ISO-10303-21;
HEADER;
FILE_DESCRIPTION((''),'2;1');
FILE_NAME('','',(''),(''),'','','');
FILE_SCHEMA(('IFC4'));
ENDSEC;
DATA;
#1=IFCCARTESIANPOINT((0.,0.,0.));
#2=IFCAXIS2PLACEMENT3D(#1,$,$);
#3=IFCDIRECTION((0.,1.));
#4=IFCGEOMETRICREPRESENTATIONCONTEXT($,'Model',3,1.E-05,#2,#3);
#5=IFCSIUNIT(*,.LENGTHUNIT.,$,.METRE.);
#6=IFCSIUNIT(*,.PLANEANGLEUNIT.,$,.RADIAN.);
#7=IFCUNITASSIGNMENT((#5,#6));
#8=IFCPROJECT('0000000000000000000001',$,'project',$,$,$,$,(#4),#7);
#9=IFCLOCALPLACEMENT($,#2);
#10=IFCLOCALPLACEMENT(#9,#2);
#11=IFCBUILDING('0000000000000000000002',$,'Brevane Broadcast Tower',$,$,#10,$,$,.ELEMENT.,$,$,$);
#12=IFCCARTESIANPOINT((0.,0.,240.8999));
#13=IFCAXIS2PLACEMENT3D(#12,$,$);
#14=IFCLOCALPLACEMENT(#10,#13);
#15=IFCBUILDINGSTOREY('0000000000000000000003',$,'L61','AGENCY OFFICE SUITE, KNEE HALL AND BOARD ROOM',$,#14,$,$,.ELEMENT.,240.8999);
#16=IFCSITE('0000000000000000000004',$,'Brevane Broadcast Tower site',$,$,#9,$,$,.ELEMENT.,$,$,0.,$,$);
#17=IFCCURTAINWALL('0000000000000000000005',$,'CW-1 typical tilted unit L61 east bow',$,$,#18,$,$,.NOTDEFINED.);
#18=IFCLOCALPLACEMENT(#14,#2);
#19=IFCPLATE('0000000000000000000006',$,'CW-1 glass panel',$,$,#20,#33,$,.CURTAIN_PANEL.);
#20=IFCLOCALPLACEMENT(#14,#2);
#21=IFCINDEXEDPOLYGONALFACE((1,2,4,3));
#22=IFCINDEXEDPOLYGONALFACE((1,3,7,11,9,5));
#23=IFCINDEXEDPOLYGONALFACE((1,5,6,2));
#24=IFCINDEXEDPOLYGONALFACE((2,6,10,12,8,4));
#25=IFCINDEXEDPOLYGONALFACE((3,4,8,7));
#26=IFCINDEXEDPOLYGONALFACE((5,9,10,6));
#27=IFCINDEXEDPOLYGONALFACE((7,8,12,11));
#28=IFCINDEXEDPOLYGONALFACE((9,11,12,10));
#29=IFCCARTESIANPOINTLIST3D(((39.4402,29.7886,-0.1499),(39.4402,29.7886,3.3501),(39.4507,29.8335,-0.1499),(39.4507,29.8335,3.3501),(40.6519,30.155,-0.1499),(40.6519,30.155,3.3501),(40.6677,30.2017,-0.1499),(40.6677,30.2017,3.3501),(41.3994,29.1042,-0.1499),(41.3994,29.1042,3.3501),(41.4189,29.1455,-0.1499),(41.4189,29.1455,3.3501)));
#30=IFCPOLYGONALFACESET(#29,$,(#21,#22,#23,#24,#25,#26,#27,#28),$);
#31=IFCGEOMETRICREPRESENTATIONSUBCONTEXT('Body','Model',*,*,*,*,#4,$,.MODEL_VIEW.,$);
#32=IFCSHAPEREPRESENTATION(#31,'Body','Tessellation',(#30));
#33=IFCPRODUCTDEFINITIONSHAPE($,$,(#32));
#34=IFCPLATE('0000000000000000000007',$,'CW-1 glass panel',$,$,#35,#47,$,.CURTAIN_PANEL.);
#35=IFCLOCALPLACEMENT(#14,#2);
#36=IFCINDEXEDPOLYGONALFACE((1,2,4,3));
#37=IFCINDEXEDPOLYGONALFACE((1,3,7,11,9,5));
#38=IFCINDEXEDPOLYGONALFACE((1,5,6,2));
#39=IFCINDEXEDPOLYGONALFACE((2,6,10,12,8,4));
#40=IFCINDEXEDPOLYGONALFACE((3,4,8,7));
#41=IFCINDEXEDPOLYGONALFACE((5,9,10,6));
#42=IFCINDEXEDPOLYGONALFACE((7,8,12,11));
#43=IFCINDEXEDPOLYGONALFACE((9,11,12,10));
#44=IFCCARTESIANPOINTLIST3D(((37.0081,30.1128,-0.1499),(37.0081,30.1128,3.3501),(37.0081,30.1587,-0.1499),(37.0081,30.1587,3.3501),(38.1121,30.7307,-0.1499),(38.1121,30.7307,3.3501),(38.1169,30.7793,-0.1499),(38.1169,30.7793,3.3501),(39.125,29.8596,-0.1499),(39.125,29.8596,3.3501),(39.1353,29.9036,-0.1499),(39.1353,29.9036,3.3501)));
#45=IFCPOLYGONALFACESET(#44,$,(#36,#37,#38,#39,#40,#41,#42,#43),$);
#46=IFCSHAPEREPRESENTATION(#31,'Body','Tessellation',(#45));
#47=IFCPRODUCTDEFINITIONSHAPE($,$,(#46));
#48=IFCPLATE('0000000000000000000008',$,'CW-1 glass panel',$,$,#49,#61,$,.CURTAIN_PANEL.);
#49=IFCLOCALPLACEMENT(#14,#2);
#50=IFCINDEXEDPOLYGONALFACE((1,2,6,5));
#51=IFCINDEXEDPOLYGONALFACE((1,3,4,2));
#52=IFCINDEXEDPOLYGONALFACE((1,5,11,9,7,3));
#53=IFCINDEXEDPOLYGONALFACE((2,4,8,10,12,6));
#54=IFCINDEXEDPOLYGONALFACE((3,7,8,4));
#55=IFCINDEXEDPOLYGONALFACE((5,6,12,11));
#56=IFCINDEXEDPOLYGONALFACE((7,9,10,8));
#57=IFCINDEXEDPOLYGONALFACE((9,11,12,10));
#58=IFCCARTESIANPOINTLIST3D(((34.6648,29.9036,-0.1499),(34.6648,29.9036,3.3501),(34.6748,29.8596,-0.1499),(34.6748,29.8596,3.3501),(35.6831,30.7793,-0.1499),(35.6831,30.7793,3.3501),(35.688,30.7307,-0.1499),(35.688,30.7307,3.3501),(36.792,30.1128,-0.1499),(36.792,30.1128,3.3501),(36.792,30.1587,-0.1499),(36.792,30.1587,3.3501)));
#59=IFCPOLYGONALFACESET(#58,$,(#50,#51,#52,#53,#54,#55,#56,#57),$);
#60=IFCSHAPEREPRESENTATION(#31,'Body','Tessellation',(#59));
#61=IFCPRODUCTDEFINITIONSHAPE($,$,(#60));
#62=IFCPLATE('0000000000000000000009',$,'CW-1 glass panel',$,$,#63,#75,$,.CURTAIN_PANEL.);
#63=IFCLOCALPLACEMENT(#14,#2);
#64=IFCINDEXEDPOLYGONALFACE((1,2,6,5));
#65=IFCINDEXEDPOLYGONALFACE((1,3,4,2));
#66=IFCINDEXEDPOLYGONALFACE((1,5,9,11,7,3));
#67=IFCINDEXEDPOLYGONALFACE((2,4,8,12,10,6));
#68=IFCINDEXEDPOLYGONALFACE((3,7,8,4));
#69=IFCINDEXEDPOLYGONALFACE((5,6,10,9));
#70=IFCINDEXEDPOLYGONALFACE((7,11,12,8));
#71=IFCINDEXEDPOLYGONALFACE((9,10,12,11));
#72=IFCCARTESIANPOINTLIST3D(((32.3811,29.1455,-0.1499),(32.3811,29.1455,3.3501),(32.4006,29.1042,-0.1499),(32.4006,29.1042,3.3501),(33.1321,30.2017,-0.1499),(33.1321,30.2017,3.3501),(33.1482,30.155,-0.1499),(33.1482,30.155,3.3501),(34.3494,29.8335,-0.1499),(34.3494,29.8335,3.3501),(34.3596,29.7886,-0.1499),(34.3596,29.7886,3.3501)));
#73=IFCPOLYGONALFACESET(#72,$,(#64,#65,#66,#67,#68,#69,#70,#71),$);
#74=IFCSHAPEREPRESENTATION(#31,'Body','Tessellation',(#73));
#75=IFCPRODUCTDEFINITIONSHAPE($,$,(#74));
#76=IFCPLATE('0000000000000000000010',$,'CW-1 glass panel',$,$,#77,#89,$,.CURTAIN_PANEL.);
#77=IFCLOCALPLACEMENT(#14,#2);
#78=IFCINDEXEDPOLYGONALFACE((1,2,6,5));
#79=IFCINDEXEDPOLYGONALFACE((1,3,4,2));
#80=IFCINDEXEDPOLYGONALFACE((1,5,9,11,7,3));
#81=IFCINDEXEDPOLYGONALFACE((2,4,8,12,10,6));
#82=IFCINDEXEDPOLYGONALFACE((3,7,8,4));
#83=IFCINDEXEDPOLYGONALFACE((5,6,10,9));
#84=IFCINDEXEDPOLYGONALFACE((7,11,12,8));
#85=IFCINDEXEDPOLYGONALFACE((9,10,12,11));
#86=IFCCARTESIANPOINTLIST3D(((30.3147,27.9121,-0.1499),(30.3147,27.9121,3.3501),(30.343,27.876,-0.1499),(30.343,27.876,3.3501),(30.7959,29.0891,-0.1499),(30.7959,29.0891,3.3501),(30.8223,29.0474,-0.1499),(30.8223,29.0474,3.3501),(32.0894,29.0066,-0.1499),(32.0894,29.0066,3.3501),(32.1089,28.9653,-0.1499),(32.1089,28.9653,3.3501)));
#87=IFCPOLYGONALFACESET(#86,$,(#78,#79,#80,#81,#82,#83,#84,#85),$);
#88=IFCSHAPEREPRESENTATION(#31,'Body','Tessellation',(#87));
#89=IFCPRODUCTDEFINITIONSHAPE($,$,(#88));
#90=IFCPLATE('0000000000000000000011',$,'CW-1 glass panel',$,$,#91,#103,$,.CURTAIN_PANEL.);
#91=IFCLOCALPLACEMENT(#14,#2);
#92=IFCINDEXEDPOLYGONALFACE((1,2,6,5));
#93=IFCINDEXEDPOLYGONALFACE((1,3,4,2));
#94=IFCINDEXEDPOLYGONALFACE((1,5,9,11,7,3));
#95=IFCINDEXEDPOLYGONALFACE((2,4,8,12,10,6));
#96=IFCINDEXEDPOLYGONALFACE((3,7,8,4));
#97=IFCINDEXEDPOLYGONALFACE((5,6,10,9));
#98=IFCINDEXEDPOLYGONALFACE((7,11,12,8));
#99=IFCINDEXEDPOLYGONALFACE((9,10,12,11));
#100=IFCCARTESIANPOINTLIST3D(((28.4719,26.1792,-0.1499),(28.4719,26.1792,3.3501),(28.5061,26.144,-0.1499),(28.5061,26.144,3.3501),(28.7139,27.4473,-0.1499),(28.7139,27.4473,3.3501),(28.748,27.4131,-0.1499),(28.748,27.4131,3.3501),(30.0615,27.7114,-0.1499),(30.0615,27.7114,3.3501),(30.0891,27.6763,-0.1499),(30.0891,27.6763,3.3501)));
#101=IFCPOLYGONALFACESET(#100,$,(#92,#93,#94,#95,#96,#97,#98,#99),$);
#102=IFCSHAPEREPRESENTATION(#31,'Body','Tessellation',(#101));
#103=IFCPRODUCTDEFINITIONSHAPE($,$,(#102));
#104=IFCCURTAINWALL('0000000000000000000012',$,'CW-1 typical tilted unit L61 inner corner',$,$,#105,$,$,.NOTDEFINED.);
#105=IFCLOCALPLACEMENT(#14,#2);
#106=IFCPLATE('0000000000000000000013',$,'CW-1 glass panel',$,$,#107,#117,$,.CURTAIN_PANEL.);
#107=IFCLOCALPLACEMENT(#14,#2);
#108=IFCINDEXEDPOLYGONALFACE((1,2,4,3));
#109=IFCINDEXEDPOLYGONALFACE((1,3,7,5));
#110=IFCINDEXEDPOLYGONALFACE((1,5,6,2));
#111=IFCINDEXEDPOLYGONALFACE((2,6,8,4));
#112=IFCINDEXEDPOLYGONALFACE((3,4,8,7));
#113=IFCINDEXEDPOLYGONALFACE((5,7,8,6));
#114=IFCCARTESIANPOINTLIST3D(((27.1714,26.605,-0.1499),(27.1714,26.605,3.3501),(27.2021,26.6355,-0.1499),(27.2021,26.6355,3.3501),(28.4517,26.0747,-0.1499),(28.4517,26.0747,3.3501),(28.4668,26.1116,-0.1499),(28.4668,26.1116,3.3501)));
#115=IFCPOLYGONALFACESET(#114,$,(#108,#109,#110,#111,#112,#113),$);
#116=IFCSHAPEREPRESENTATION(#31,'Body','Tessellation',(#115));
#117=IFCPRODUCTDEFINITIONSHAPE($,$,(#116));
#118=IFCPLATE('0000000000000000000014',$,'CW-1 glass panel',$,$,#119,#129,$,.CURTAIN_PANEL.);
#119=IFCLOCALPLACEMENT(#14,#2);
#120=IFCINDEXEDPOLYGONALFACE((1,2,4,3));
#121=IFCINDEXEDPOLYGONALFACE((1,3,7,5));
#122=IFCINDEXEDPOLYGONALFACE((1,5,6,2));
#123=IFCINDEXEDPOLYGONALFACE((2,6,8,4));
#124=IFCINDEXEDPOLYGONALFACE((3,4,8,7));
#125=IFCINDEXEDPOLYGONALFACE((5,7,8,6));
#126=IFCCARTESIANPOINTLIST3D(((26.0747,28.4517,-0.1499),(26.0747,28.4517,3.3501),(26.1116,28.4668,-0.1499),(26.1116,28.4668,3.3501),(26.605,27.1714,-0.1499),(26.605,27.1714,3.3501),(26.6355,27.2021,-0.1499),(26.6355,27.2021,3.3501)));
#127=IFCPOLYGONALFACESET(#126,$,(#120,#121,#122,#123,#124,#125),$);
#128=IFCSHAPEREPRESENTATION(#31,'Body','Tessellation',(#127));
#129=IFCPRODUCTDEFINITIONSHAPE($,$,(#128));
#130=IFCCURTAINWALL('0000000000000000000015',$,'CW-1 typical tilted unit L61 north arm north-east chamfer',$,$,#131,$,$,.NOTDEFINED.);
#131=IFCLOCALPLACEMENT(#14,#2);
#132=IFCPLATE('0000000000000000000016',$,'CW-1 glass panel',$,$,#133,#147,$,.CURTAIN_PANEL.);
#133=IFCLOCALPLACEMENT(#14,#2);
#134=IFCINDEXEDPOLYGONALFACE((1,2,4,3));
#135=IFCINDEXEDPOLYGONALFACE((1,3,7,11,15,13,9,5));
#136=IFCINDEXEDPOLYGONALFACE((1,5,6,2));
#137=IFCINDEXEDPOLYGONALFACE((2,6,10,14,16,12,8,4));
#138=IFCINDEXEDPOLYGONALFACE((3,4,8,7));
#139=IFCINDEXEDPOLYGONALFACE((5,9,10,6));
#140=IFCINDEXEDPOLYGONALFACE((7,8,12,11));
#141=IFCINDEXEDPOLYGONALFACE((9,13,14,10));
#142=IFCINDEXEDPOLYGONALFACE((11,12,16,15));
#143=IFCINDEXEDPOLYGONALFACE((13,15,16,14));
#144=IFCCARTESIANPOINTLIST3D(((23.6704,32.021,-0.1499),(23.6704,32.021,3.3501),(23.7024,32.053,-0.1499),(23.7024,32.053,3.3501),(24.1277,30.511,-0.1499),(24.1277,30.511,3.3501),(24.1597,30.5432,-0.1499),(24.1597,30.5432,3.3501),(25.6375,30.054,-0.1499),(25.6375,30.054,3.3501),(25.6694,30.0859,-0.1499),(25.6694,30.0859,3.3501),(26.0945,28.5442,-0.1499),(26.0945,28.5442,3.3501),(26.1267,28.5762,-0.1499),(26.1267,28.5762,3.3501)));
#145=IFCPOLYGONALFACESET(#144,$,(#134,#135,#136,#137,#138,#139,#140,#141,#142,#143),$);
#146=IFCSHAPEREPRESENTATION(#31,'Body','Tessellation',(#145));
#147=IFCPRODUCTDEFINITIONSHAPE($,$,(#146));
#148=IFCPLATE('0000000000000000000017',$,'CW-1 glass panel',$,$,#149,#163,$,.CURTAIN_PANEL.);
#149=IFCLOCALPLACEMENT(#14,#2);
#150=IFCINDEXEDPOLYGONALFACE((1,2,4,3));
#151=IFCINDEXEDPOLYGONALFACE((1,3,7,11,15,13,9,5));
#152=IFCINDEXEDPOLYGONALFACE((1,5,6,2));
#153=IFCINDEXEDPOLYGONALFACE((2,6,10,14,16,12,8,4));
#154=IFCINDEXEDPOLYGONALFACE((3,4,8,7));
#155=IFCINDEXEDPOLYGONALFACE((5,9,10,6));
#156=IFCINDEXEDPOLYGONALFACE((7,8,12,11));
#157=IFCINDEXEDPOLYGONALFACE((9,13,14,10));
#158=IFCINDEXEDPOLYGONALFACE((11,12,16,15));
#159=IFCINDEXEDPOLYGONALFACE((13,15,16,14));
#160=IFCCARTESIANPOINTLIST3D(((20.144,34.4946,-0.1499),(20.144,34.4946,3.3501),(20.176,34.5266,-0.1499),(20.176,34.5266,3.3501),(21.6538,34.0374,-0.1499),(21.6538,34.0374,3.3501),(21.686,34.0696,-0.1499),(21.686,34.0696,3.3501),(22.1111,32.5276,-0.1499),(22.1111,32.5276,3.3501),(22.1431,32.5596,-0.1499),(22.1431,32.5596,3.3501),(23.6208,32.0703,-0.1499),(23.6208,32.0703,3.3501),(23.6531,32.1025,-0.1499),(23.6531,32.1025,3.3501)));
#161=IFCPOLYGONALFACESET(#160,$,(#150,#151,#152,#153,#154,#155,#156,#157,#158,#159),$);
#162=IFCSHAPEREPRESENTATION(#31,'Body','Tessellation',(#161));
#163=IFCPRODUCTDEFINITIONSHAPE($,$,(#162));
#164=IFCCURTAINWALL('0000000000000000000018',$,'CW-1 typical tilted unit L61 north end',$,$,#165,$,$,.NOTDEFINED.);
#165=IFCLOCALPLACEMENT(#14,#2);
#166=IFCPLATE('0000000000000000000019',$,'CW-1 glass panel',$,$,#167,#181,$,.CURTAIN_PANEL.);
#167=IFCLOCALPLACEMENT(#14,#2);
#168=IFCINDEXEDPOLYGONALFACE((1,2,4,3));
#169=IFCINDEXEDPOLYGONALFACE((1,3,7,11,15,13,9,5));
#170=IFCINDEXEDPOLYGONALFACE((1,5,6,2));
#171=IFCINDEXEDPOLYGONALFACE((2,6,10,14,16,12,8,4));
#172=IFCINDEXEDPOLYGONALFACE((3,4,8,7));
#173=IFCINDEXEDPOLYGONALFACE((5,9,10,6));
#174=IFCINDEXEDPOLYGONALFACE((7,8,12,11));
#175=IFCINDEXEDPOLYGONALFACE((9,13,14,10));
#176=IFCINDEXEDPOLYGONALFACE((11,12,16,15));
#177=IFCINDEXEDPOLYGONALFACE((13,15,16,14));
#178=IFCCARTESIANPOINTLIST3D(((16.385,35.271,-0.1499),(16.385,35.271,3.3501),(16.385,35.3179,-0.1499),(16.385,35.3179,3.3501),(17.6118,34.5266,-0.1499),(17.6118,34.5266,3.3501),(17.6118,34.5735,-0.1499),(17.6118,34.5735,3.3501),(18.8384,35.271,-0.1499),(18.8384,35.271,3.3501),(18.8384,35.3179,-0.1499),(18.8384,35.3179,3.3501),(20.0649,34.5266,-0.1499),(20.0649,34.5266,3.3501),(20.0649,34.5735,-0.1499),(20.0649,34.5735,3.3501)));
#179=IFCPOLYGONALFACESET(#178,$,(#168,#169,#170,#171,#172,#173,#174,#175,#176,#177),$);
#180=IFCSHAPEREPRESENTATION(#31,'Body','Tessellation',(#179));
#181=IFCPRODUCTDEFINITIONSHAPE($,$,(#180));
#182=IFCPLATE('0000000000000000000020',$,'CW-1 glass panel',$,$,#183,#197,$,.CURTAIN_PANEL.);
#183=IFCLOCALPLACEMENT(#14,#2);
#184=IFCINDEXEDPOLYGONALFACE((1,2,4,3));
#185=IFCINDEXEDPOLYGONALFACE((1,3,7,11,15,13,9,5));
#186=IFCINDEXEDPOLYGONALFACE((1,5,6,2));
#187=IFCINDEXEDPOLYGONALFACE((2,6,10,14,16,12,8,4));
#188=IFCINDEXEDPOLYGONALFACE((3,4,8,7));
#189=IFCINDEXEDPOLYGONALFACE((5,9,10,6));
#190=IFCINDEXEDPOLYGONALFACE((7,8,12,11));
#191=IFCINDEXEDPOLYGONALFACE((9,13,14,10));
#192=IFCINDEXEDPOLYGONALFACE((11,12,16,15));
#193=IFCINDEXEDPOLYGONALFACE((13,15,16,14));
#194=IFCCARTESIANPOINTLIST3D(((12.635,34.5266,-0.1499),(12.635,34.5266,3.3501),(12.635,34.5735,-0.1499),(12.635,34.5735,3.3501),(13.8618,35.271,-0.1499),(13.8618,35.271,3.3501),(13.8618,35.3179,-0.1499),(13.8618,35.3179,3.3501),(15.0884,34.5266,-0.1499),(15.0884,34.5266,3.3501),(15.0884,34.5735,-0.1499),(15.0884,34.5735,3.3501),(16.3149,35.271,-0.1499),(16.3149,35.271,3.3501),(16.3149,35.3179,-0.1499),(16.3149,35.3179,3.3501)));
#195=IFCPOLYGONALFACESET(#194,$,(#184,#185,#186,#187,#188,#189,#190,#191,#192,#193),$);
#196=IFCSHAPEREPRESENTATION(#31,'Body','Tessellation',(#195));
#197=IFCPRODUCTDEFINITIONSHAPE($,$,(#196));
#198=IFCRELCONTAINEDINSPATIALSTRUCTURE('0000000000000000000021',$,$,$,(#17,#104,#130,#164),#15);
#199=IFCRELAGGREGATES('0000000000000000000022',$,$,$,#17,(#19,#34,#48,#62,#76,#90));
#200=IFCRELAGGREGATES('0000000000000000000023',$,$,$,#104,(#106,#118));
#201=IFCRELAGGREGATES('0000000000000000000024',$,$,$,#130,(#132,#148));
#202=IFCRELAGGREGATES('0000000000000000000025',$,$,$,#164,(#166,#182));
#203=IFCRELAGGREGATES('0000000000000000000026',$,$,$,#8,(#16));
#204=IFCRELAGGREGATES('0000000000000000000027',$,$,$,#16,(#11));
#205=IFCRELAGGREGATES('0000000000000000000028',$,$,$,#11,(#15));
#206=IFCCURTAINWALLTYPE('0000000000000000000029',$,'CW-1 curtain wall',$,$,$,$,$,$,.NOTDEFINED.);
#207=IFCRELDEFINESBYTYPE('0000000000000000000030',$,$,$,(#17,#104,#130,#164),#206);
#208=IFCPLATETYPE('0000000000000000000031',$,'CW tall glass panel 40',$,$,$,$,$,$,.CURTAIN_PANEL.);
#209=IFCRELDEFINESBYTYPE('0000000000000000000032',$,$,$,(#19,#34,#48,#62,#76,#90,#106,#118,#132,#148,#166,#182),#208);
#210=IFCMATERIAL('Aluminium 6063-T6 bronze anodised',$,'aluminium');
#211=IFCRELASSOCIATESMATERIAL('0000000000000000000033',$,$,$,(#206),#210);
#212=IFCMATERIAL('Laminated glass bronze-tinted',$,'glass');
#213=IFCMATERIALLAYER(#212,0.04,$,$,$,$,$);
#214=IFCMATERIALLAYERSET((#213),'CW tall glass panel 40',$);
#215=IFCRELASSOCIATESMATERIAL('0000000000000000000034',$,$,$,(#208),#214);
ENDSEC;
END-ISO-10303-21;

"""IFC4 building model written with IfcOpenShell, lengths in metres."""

from ifc_helpers import new_model, si_unit, direction, frame, origin, place, context, subcontext, project, spatial, polyline, outline, extrude, material, layer, layer_set, type_object, element, aggregate, save


model = new_model("IFC4")

# Units and contexts
model_context = context("Model", 3, precision=1e-05, world=origin(), true_north=direction((0.0, 1.0)))
body_context = subcontext(model_context, "Body", "Model", "MODEL_VIEW")
ifc_project = project(units=[si_unit("LENGTHUNIT", "METRE"), si_unit("PLANEANGLEUNIT", "RADIAN")], contexts=[model_context])

# Site, building, storey
site_placement = place(None, origin())
site = spatial("IfcSite", under=ifc_project, at=site_placement, Name="Brevane Broadcast Tower site", CompositionType="ELEMENT", RefElevation=0.0)
building_placement = place(site_placement, origin())
building = spatial("IfcBuilding", under=site, at=building_placement, Name="Brevane Broadcast Tower", CompositionType="ELEMENT")
storey_placement = place(building_placement, frame((0.0, 0.0, 240.8999)))
storey = spatial("IfcBuildingStorey", under=building, at=storey_placement, Name="L61", Description="AGENCY OFFICE SUITE, KNEE HALL AND BOARD ROOM", CompositionType="ELEMENT", Elevation=240.8999)

# Curtain walls, plates
ifc_material_1 = material(Name="Aluminium 6063-T6 bronze anodised", Category="aluminium")
curtain_wall_type = type_object("IfcCurtainWallType", Name="CW-1 curtain wall", PredefinedType="NOTDEFINED", material=ifc_material_1)
ifc_material_2 = material(Name="Laminated glass bronze-tinted", Category="glass")
ifc_layer = layer(ifc_material_2, 0.04)
ifc_layer_set = layer_set([ifc_layer], Name="CW tall glass panel 40")
plate_type = type_object("IfcPlateType", Name="CW tall glass panel 40", PredefinedType="CURTAIN_PANEL", material=ifc_layer_set)
curtain_wall_1_placement = place(storey_placement, origin())
curtain_wall_1 = element("IfcCurtainWall", 1, at=curtain_wall_1_placement, inside=storey, type_object=curtain_wall_type, Name="CW-1 typical tilted unit L61 east bow", PredefinedType="NOTDEFINED")
plate_1_placement = place(storey_placement, frame((0.0, 0.0, -0.1499)))
plate_1 = element("IfcPlate", 2, at=plate_1_placement, type_object=plate_type, Name="CW-1 glass panel", PredefinedType="CURTAIN_PANEL", context=body_context, shape_type="SweptSolid", body=[
    extrude(outline(polyline([(41.3994, 29.1042), (41.4189, 29.1455), (40.6677, 30.2017), (39.4507, 29.8335), (39.4402, 29.7886), (40.6519, 30.155), (41.3994, 29.1042)])), origin(), (0.0, 0.0, 1.0), 3.5),
])
plate_2_placement = place(storey_placement, frame((0.0, 0.0, -0.1499)))
plate_2 = element("IfcPlate", 3, at=plate_2_placement, type_object=plate_type, Name="CW-1 glass panel", PredefinedType="CURTAIN_PANEL", context=body_context, shape_type="SweptSolid", body=[
    extrude(outline(polyline([(39.125, 29.8596), (39.1353, 29.9036), (38.1169, 30.7793), (37.0081, 30.1587), (37.0081, 30.1128), (38.1121, 30.7307), (39.125, 29.8596)])), origin(), (0.0, 0.0, 1.0), 3.5),
])
plate_3_placement = place(storey_placement, frame((0.0, 0.0, -0.1499)))
plate_3 = element("IfcPlate", 4, at=plate_3_placement, type_object=plate_type, Name="CW-1 glass panel", PredefinedType="CURTAIN_PANEL", context=body_context, shape_type="SweptSolid", body=[
    extrude(outline(polyline([(36.792, 30.1128), (36.792, 30.1587), (35.6831, 30.7793), (34.6648, 29.9036), (34.6748, 29.8596), (35.688, 30.7307), (36.792, 30.1128)])), origin(), (0.0, 0.0, 1.0), 3.5),
])
plate_4_placement = place(storey_placement, frame((0.0, 0.0, -0.1499)))
plate_4 = element("IfcPlate", 5, at=plate_4_placement, type_object=plate_type, Name="CW-1 glass panel", PredefinedType="CURTAIN_PANEL", context=body_context, shape_type="SweptSolid", body=[
    extrude(outline(polyline([(34.3596, 29.7886), (34.3494, 29.8335), (33.1321, 30.2017), (32.3811, 29.1455), (32.4006, 29.1042), (33.1482, 30.155), (34.3596, 29.7886)])), origin(), (0.0, 0.0, 1.0), 3.5),
])
plate_5_placement = place(storey_placement, frame((0.0, 0.0, -0.1499)))
plate_5 = element("IfcPlate", 6, at=plate_5_placement, type_object=plate_type, Name="CW-1 glass panel", PredefinedType="CURTAIN_PANEL", context=body_context, shape_type="SweptSolid", body=[
    extrude(outline(polyline([(32.1089, 28.9653), (32.0894, 29.0066), (30.7959, 29.0891), (30.3147, 27.9121), (30.343, 27.876), (30.8223, 29.0474), (32.1089, 28.9653)])), origin(), (0.0, 0.0, 1.0), 3.5),
])
plate_6_placement = place(storey_placement, frame((0.0, 0.0, -0.1499)))
plate_6 = element("IfcPlate", 7, at=plate_6_placement, type_object=plate_type, Name="CW-1 glass panel", PredefinedType="CURTAIN_PANEL", context=body_context, shape_type="SweptSolid", body=[
    extrude(outline(polyline([(30.0891, 27.6763), (30.0615, 27.7114), (28.7139, 27.4473), (28.4719, 26.1792), (28.5061, 26.144), (28.748, 27.4131), (30.0891, 27.6763)])), origin(), (0.0, 0.0, 1.0), 3.5),
])
aggregate(curtain_wall_1, [plate_1, plate_2, plate_3, plate_4, plate_5, plate_6])
curtain_wall_2_placement = place(storey_placement, origin())
curtain_wall_2 = element("IfcCurtainWall", 8, at=curtain_wall_2_placement, inside=storey, type_object=curtain_wall_type, Name="CW-1 typical tilted unit L61 inner corner", PredefinedType="NOTDEFINED")
plate_7_placement = place(storey_placement, frame((0.0, 0.0, -0.1499)))
plate_7 = element("IfcPlate", 9, at=plate_7_placement, type_object=plate_type, Name="CW-1 glass panel", PredefinedType="CURTAIN_PANEL", context=body_context, shape_type="SweptSolid", body=[
    extrude(outline(polyline([(28.4517, 26.0747), (28.4668, 26.1116), (27.2021, 26.6355), (27.1714, 26.605), (28.4517, 26.0747)])), origin(), (0.0, 0.0, 1.0), 3.5),
])
plate_8_placement = place(storey_placement, frame((0.0, 0.0, -0.1499)))
plate_8 = element("IfcPlate", 10, at=plate_8_placement, type_object=plate_type, Name="CW-1 glass panel", PredefinedType="CURTAIN_PANEL", context=body_context, shape_type="SweptSolid", body=[
    extrude(outline(polyline([(26.605, 27.1714), (26.6355, 27.2021), (26.1116, 28.4668), (26.0747, 28.4517), (26.605, 27.1714)])), origin(), (0.0, 0.0, 1.0), 3.5),
])
aggregate(curtain_wall_2, [plate_7, plate_8])
curtain_wall_3_placement = place(storey_placement, origin())
curtain_wall_3 = element("IfcCurtainWall", 11, at=curtain_wall_3_placement, inside=storey, type_object=curtain_wall_type, Name="CW-1 typical tilted unit L61 north arm north-east chamfer", PredefinedType="NOTDEFINED")
plate_9_placement = place(storey_placement, frame((0.0, 0.0, -0.1499)))
plate_9 = element("IfcPlate", 12, at=plate_9_placement, type_object=plate_type, Name="CW-1 glass panel", PredefinedType="CURTAIN_PANEL", context=body_context, shape_type="SweptSolid", body=[
    extrude(outline(polyline([(26.0945, 28.5442), (26.1267, 28.5762), (25.6694, 30.0859), (24.1597, 30.5432), (23.7024, 32.053), (23.6704, 32.021), (24.1277, 30.511), (25.6375, 30.054), (26.0945, 28.5442)])), origin(), (0.0, 0.0, 1.0), 3.5),
])
plate_10_placement = place(storey_placement, frame((0.0, 0.0, -0.1499)))
plate_10 = element("IfcPlate", 13, at=plate_10_placement, type_object=plate_type, Name="CW-1 glass panel", PredefinedType="CURTAIN_PANEL", context=body_context, shape_type="SweptSolid", body=[
    extrude(outline(polyline([(23.6208, 32.0703), (23.6531, 32.1025), (22.1431, 32.5596), (21.686, 34.0696), (20.176, 34.5266), (20.144, 34.4946), (21.6538, 34.0374), (22.1111, 32.5276), (23.6208, 32.0703)])), origin(), (0.0, 0.0, 1.0), 3.5),
])
aggregate(curtain_wall_3, [plate_9, plate_10])
curtain_wall_4_placement = place(storey_placement, origin())
curtain_wall_4 = element("IfcCurtainWall", 14, at=curtain_wall_4_placement, inside=storey, type_object=curtain_wall_type, Name="CW-1 typical tilted unit L61 north end", PredefinedType="NOTDEFINED")
plate_11_placement = place(storey_placement, frame((0.0, 0.0, -0.1499)))
plate_11 = element("IfcPlate", 15, at=plate_11_placement, type_object=plate_type, Name="CW-1 glass panel", PredefinedType="CURTAIN_PANEL", context=body_context, shape_type="SweptSolid", body=[
    extrude(outline(polyline([(20.0649, 34.5266), (20.0649, 34.5735), (18.8384, 35.3179), (17.6118, 34.5735), (16.385, 35.3179), (16.385, 35.271), (17.6118, 34.5266), (18.8384, 35.271), (20.0649, 34.5266)])), origin(), (0.0, 0.0, 1.0), 3.5),
])
plate_12_placement = place(storey_placement, frame((0.0, 0.0, -0.1499)))
plate_12 = element("IfcPlate", 16, at=plate_12_placement, type_object=plate_type, Name="CW-1 glass panel", PredefinedType="CURTAIN_PANEL", context=body_context, shape_type="SweptSolid", body=[
    extrude(outline(polyline([(16.3149, 35.271), (16.3149, 35.3179), (15.0884, 34.5735), (13.8618, 35.3179), (12.635, 34.5735), (12.635, 34.5266), (13.8618, 35.271), (15.0884, 34.5266), (16.3149, 35.271)])), origin(), (0.0, 0.0, 1.0), 3.5),
])
aggregate(curtain_wall_4, [plate_11, plate_12])

save(model, "model.ifc")
